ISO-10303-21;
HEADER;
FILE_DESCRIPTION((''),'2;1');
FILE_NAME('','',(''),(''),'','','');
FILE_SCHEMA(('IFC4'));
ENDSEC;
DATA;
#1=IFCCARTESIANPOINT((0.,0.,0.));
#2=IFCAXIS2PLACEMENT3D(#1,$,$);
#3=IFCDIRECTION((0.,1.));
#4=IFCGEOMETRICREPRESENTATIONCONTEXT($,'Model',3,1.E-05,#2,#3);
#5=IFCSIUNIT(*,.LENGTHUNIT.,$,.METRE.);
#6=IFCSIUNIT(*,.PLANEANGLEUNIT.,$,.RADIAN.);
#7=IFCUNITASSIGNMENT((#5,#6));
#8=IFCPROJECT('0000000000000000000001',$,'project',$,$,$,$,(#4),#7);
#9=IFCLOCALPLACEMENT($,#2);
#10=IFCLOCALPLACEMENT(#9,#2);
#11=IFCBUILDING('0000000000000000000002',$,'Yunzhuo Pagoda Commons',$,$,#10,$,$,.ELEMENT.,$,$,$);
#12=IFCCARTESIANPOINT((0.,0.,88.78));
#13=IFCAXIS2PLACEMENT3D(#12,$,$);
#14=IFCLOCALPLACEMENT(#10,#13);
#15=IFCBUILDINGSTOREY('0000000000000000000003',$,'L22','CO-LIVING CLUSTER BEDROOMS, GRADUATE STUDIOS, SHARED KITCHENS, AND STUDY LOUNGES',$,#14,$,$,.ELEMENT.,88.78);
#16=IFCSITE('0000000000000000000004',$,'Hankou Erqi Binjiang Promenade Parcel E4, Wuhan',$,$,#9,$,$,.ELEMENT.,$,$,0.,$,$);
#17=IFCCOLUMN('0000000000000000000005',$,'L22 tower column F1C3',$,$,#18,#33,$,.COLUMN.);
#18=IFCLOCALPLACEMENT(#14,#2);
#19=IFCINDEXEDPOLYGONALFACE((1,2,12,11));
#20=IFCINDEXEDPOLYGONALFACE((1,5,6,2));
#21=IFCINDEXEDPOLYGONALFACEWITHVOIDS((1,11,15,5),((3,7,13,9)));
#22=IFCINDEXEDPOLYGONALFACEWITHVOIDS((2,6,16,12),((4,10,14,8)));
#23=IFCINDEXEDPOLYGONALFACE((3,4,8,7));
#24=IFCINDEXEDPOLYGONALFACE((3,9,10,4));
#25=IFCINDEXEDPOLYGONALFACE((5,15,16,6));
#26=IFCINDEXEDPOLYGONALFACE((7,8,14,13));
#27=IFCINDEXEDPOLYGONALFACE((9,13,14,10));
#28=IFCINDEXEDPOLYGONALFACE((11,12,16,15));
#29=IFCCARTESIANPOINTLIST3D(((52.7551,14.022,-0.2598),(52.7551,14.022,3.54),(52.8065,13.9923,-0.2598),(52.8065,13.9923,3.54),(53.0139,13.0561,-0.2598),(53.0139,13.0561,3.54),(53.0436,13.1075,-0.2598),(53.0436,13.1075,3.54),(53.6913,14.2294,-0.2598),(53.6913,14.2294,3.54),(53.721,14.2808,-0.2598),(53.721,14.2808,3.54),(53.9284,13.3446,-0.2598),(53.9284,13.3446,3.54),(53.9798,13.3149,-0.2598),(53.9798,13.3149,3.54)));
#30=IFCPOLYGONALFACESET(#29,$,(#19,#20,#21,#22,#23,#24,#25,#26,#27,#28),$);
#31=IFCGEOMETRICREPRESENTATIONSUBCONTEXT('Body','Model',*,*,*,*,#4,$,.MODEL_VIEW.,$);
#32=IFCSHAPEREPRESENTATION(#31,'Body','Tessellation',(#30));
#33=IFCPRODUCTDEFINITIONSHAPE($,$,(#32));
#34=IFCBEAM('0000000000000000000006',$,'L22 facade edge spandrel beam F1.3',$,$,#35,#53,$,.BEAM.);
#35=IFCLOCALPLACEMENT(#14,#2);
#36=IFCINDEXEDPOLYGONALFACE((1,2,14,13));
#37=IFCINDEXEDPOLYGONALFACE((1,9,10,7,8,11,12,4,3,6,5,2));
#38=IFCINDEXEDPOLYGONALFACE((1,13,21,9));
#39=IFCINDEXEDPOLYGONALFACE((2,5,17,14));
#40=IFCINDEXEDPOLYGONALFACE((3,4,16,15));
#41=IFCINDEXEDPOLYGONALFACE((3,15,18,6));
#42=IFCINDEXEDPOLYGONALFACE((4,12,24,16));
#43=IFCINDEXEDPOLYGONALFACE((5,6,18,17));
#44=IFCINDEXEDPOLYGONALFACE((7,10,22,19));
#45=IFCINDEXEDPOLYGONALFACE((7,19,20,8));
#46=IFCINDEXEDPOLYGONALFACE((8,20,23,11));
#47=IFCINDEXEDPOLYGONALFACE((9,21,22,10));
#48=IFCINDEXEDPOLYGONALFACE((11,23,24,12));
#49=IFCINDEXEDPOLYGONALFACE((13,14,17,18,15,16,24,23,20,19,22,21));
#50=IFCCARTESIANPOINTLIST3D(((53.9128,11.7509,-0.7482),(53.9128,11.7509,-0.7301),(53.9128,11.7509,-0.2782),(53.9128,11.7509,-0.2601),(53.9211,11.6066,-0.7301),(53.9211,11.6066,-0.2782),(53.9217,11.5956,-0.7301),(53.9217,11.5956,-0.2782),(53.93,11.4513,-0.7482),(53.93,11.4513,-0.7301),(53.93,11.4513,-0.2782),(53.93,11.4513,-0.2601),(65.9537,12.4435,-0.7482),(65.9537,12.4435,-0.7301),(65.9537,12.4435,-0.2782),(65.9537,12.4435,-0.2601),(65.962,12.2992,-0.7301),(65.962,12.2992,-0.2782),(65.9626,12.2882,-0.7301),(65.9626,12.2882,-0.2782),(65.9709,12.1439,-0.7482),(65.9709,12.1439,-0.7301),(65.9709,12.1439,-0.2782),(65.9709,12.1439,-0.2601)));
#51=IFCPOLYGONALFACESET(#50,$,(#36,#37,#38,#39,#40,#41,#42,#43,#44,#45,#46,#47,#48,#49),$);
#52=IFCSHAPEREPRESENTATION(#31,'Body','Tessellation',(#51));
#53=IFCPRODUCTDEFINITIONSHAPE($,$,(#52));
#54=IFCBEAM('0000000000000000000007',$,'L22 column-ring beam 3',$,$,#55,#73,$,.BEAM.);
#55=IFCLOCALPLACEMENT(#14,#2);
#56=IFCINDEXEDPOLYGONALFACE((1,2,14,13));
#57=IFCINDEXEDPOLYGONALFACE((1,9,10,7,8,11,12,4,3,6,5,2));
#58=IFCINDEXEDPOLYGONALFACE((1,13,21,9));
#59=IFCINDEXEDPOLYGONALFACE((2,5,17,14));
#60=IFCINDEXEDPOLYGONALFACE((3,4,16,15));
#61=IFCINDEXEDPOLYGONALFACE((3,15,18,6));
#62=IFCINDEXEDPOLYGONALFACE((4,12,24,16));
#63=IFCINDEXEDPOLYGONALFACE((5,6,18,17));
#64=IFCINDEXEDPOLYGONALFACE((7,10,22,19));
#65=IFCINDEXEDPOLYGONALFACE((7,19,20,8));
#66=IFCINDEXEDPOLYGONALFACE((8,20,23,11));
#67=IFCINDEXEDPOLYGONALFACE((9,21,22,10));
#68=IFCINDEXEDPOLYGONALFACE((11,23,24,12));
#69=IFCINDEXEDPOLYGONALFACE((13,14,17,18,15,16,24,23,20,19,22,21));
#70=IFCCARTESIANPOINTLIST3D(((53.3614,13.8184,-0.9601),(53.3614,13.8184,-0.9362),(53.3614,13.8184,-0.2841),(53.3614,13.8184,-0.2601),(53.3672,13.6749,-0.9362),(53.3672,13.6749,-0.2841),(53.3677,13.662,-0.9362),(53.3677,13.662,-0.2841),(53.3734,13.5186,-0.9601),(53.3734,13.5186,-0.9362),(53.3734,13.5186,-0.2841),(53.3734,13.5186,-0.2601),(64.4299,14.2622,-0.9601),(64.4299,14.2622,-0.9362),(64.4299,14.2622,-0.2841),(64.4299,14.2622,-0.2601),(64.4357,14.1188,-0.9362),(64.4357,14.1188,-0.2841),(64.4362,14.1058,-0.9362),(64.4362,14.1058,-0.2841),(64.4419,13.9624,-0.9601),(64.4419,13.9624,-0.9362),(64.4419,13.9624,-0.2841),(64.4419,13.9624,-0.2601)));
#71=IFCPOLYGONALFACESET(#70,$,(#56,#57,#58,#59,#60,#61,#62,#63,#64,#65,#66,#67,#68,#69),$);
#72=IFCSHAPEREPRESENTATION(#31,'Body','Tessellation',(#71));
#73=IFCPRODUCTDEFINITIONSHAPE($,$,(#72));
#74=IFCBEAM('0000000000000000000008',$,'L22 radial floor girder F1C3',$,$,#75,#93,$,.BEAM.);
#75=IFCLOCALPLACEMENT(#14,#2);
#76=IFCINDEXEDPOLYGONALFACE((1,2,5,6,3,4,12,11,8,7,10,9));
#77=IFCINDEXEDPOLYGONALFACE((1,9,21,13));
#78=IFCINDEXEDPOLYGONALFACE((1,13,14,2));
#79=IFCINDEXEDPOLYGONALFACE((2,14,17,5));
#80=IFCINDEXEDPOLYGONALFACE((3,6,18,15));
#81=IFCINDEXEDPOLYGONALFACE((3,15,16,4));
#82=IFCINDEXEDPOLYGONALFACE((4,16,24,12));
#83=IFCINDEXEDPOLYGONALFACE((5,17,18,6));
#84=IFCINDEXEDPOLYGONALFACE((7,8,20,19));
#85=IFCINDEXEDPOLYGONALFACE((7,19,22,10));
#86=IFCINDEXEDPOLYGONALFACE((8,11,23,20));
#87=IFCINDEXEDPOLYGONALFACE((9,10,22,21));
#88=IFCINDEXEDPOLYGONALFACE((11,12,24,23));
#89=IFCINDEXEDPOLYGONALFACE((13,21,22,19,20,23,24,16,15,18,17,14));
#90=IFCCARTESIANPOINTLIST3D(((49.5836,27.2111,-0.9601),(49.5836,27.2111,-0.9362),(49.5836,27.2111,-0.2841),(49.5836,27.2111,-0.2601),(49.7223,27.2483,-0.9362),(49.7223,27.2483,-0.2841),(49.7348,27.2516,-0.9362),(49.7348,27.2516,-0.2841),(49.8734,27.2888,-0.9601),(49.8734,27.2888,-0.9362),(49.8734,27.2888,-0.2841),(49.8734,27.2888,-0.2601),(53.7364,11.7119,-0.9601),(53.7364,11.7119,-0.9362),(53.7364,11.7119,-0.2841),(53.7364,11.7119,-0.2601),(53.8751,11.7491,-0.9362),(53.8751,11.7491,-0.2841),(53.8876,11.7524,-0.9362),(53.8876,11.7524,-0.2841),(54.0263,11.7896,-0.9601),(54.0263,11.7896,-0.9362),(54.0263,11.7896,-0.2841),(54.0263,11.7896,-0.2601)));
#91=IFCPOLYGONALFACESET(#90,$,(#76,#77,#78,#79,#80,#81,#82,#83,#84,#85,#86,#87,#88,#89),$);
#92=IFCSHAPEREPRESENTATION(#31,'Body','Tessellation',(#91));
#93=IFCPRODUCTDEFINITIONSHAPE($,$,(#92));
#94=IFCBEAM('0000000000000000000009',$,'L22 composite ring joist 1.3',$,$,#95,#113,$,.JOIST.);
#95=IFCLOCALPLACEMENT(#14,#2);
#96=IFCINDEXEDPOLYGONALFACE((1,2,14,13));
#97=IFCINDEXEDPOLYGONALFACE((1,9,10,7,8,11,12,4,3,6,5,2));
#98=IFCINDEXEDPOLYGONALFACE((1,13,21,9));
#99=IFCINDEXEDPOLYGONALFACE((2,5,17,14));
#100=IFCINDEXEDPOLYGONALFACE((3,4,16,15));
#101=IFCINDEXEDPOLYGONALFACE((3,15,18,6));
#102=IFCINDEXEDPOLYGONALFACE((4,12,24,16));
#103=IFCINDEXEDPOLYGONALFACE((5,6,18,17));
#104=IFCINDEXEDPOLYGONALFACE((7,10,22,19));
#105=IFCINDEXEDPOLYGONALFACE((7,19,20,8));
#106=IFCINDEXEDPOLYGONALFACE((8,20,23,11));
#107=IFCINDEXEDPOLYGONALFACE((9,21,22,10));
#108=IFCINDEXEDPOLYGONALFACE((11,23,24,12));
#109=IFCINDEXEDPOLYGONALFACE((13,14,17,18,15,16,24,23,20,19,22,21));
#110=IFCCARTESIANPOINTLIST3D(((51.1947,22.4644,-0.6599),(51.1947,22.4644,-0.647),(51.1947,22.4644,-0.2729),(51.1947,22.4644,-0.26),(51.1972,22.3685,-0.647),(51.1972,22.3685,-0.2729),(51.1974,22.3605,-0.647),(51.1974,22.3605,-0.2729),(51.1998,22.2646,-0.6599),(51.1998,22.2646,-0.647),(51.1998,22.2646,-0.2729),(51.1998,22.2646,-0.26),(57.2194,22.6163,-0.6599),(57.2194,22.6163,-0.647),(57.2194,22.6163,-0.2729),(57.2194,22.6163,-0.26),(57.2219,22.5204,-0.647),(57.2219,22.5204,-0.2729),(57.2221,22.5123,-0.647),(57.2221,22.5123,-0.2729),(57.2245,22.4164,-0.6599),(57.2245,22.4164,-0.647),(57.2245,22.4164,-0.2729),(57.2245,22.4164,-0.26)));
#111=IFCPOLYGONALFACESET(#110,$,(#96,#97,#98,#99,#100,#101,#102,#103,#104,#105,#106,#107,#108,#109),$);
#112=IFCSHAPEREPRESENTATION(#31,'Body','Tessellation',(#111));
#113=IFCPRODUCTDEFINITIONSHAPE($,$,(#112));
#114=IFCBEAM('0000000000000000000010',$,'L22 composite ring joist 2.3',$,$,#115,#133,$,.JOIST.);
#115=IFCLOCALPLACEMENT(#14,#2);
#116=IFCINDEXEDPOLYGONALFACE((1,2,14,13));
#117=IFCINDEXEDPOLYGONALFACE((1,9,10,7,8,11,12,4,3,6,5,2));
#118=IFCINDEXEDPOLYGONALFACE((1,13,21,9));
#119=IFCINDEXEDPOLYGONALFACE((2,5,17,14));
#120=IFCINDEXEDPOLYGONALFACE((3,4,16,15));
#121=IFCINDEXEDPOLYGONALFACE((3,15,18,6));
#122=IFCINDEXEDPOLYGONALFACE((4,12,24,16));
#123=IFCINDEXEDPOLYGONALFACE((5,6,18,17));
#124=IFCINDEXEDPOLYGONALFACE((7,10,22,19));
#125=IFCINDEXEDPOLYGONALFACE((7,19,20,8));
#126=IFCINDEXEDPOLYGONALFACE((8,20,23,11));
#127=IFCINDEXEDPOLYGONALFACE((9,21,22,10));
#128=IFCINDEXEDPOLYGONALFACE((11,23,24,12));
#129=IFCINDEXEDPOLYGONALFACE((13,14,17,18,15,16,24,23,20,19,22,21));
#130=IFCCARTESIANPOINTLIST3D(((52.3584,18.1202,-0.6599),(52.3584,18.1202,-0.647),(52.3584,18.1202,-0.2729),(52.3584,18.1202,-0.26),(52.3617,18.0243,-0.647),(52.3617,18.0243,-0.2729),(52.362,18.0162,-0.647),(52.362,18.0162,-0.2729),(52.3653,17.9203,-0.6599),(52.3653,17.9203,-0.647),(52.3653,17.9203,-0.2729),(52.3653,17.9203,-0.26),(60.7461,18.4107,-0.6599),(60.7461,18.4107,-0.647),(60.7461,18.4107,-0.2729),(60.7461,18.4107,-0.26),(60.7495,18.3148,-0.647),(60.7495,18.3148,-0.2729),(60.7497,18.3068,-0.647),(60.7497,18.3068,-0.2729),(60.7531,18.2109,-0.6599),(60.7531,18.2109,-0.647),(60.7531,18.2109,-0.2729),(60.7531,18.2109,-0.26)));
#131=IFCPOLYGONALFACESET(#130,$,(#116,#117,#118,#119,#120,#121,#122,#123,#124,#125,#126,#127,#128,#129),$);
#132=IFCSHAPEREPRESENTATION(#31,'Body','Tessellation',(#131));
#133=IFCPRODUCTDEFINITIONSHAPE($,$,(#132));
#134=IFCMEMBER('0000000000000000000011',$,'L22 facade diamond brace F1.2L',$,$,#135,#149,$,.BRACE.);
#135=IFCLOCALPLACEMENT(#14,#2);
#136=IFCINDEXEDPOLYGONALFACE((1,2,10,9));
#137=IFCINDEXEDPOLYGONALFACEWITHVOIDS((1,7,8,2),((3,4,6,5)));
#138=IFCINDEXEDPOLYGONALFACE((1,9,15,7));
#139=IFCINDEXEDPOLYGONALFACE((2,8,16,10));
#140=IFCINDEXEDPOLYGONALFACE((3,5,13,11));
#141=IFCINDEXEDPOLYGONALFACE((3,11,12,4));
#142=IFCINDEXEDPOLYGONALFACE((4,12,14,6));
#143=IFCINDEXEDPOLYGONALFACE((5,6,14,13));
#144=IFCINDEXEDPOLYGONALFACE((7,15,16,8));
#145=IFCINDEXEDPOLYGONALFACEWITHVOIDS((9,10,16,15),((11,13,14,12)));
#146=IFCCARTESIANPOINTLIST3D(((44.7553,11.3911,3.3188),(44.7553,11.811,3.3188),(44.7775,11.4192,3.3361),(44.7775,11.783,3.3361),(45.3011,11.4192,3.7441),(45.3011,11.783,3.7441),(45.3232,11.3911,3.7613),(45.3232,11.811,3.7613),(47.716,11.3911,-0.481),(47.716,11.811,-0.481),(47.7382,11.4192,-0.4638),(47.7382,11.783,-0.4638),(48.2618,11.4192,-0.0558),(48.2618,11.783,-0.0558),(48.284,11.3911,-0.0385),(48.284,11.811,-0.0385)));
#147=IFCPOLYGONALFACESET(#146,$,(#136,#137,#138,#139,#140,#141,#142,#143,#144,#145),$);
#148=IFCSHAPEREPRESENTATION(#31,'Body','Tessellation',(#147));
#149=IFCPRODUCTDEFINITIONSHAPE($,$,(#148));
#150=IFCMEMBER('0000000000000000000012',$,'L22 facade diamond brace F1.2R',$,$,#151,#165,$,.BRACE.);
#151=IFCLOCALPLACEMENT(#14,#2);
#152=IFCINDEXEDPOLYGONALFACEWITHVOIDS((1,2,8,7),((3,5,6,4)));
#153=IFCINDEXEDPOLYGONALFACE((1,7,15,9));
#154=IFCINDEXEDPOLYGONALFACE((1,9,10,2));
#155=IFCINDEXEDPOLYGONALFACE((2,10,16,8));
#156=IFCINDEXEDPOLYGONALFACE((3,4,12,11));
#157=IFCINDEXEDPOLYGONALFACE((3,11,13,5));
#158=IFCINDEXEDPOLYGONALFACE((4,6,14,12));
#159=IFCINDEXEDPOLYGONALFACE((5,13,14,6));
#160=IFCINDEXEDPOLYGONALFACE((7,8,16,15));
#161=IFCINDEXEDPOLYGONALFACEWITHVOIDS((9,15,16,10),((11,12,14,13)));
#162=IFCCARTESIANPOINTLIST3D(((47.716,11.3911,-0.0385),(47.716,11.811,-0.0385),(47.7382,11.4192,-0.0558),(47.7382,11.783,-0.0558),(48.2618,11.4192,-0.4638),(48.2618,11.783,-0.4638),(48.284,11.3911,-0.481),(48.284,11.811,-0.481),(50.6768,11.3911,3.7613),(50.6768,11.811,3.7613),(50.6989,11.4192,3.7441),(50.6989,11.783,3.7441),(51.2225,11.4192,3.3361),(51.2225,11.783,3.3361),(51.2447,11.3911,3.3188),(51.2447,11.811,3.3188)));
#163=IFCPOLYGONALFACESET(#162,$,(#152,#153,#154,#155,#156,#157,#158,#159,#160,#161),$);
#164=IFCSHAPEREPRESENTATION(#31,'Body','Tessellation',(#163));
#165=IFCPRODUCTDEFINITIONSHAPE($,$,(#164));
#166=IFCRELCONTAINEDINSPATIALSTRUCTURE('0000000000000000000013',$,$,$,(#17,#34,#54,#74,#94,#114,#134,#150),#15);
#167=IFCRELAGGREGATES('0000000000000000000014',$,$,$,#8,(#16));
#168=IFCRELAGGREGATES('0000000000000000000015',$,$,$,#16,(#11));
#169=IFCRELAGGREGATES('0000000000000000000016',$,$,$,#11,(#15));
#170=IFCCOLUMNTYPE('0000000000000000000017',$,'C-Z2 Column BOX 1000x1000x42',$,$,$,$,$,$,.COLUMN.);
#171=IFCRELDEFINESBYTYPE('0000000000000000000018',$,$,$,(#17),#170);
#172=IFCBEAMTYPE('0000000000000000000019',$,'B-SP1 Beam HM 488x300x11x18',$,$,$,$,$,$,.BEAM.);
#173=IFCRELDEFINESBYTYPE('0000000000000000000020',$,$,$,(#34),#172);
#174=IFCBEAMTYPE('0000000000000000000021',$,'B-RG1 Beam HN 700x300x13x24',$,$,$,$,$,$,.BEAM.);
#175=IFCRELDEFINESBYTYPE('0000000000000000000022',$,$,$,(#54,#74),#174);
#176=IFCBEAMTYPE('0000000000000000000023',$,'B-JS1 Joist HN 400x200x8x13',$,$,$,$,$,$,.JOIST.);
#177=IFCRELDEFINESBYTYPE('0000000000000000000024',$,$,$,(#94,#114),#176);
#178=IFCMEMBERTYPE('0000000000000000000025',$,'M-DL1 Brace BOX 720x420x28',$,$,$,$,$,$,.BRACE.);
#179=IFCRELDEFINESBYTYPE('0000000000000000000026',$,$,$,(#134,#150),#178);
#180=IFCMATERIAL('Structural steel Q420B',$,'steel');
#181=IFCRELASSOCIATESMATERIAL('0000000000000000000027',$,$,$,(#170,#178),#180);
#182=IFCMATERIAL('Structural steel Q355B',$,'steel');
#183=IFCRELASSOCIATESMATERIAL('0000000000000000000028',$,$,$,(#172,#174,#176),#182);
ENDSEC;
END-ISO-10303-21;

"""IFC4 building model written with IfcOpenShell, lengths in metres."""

from ifc_helpers import new_model, si_unit, direction, frame, origin, origin_2d, place, context, subcontext, project, spatial, hollow_rectangle, i_section, extrude, source, transform, mapped, material, material_profile, profile_set, type_object, element, save


model = new_model("IFC4")

# Units and contexts
model_context = context("Model", 3, precision=1e-05, world=origin(), true_north=direction((0.0, 1.0)))
body_context = subcontext(model_context, "Body", "Model", "MODEL_VIEW")
ifc_project = project(units=[si_unit("LENGTHUNIT", "METRE"), si_unit("PLANEANGLEUNIT", "RADIAN")], contexts=[model_context])

# Site, building, storey
site_placement = place(None, origin())
site = spatial("IfcSite", under=ifc_project, at=site_placement, Name="Hankou Erqi Binjiang Promenade Parcel E4, Wuhan", CompositionType="ELEMENT", RefElevation=0.0)
building_placement = place(site_placement, origin())
building = spatial("IfcBuilding", under=site, at=building_placement, Name="Yunzhuo Pagoda Commons", CompositionType="ELEMENT")
storey_placement = place(building_placement, frame((0.0, 0.0, 88.78)))
storey = spatial("IfcBuildingStorey", under=building, at=storey_placement, Name="L22", Description="CO-LIVING CLUSTER BEDROOMS, GRADUATE STUDIOS, SHARED KITCHENS, AND STUDY LOUNGES", CompositionType="ELEMENT", Elevation=88.78)

# Column
ifc_material_1 = material(Name="Structural steel Q420B", Category="steel")
ifc_material_profile_1 = material_profile(ifc_material_1, hollow_rectangle(XDim=1.0, YDim=1.0, WallThickness=0.042, at=origin_2d()), Name="Structural steel Q420B")
ifc_profile_set_1 = profile_set([ifc_material_profile_1], Name="Structural steel Q420B")
column_type = type_object("IfcColumnType", Name="C-Z2 Column BOX 1000x1000x42", PredefinedType="COLUMN", material=ifc_profile_set_1)
shared_shape_1 = source(origin(), body_context, "Body", "SweptSolid", [
    extrude(hollow_rectangle(XDim=1.0, YDim=1.0, WallThickness=0.042, at=origin_2d()), origin(), (0.0, 0.0, 1.0), 3.7998),
])
column_placement = place(storey_placement, frame((53.3674, 13.6685, -0.2598), z_axis=(0.0, 0.0, 1.0), x_axis=(0.965926, 0.258819, 0.0)))
element("IfcColumn", 1, at=column_placement, inside=storey, type_object=column_type, Name="L22 tower column F1C3", PredefinedType="COLUMN", context=body_context, shape_type="MappedRepresentation", body=[
    mapped(shared_shape_1, transform((0.0, 0.0, 0.0), scale=1.0)),
])

# Beams
ifc_material_2 = material(Name="Structural steel Q355B", Category="steel")
ifc_material_profile_2 = material_profile(ifc_material_2, i_section(OverallWidth=0.3, OverallDepth=0.488, WebThickness=0.011, FlangeThickness=0.0181, at=origin_2d()), Name="Structural steel Q355B")
ifc_profile_set_2 = profile_set([ifc_material_profile_2], Name="Structural steel Q355B")
beam_type_1 = type_object("IfcBeamType", Name="B-SP1 Beam HM 488x300x11x18", PredefinedType="BEAM", material=ifc_profile_set_2)
shared_shape_2 = source(origin(), body_context, "Body", "SweptSolid", [
    extrude(i_section(OverallWidth=0.3, OverallDepth=0.488, WebThickness=0.011, FlangeThickness=0.0181, at=origin_2d()), origin(), (0.0, 0.0, 1.0), 12.0608),
])
beam_1_placement = place(storey_placement, frame((53.9214, 11.6011, -0.5042), z_axis=(0.99835, 0.057429, 0.0), x_axis=(-0.057429, 0.99835, 0.0)))
element("IfcBeam", 2, at=beam_1_placement, inside=storey, type_object=beam_type_1, Name="L22 facade edge spandrel beam F1.3", PredefinedType="BEAM", context=body_context, shape_type="MappedRepresentation", body=[
    mapped(shared_shape_2, transform((0.0, 0.0, 0.0), scale=1.0)),
])
ifc_material_profile_3 = material_profile(ifc_material_2, i_section(OverallWidth=0.3, OverallDepth=0.7, WebThickness=0.0129, FlangeThickness=0.0239, at=origin_2d()), Name="Structural steel Q355B")
ifc_profile_set_3 = profile_set([ifc_material_profile_3], Name="Structural steel Q355B")
beam_type_2 = type_object("IfcBeamType", Name="B-RG1 Beam HN 700x300x13x24", PredefinedType="BEAM", material=ifc_profile_set_3)
shared_shape_3 = source(origin(), body_context, "Body", "SweptSolid", [
    extrude(i_section(OverallWidth=0.3, OverallDepth=0.7, WebThickness=0.0129, FlangeThickness=0.0239, at=origin_2d()), origin(), (0.0, 0.0, 1.0), 11.0774),
])
beam_2_placement = place(storey_placement, frame((53.3674, 13.6685, -0.6101), z_axis=(0.999197, 0.040067, 0.0), x_axis=(-0.040067, 0.999197, 0.0)))
element("IfcBeam", 3, at=beam_2_placement, inside=storey, type_object=beam_type_2, Name="L22 column-ring beam 3", PredefinedType="BEAM", context=body_context, shape_type="MappedRepresentation", body=[
    mapped(shared_shape_3, transform((0.0, 0.0, 0.0), scale=1.0)),
])
shared_shape_4 = source(origin(), body_context, "Body", "SweptSolid", [
    extrude(i_section(OverallWidth=0.3, OverallDepth=0.7, WebThickness=0.0129, FlangeThickness=0.0239, at=origin_2d()), origin(), (0.0, 0.0, 1.0), 16.0459),
])
beam_3_placement = place(storey_placement, frame((53.8813, 11.7507, -0.6101), z_axis=(-0.258808, 0.965929, 0.0), x_axis=(-0.965929, -0.258808, 0.0)))
element("IfcBeam", 4, at=beam_3_placement, inside=storey, type_object=beam_type_2, Name="L22 radial floor girder F1C3", PredefinedType="BEAM", context=body_context, shape_type="MappedRepresentation", body=[
    mapped(shared_shape_4, transform((0.0, 0.0, 0.0), scale=1.0)),
])
ifc_material_profile_4 = material_profile(ifc_material_2, i_section(OverallWidth=0.2, OverallDepth=0.3999, WebThickness=0.0081, FlangeThickness=0.0129, at=origin_2d()), Name="Structural steel Q355B")
ifc_profile_set_4 = profile_set([ifc_material_profile_4], Name="Structural steel Q355B")
beam_type_3 = type_object("IfcBeamType", Name="B-JS1 Joist HN 400x200x8x13", PredefinedType="JOIST", material=ifc_profile_set_4)
shared_shape_5 = source(origin(), body_context, "Body", "SweptSolid", [
    extrude(i_section(OverallWidth=0.2, OverallDepth=0.3999, WebThickness=0.0081, FlangeThickness=0.0129, at=origin_2d()), origin(), (0.0, 0.0, 1.0), 6.0266),
])
beam_4_placement = place(storey_placement, frame((51.1973, 22.3645, -0.46), z_axis=(0.999682, 0.025198, 0.0), x_axis=(-0.025198, 0.999682, 0.0)))
element("IfcBeam", 5, at=beam_4_placement, inside=storey, type_object=beam_type_3, Name="L22 composite ring joist 1.3", PredefinedType="JOIST", context=body_context, shape_type="MappedRepresentation", body=[
    mapped(shared_shape_5, transform((0.0, 0.0, 0.0), scale=1.0)),
])
shared_shape_6 = source(origin(), body_context, "Body", "SweptSolid", [
    extrude(i_section(OverallWidth=0.2, OverallDepth=0.3999, WebThickness=0.0081, FlangeThickness=0.0129, at=origin_2d()), origin(), (0.0, 0.0, 1.0), 8.3928),
])
beam_5_placement = place(storey_placement, frame((52.3618, 18.0203, -0.46), z_axis=(0.999401, 0.034617, 0.0), x_axis=(-0.034617, 0.999401, 0.0)))
element("IfcBeam", 6, at=beam_5_placement, inside=storey, type_object=beam_type_3, Name="L22 composite ring joist 2.3", PredefinedType="JOIST", context=body_context, shape_type="MappedRepresentation", body=[
    mapped(shared_shape_6, transform((0.0, 0.0, 0.0), scale=1.0)),
])

# Members
ifc_material_profile_5 = material_profile(ifc_material_1, hollow_rectangle(XDim=0.4199, YDim=0.72, WallThickness=0.0281, at=origin_2d()), Name="Structural steel Q420B")
ifc_profile_set_5 = profile_set([ifc_material_profile_5], Name="Structural steel Q420B")
member_type_1 = type_object("IfcMemberType", Name="M-DL1 Brace BOX 720x420x28", PredefinedType="BRACE", material=ifc_profile_set_5)
shared_shape_7 = source(origin(), body_context, "Body", "SweptSolid", [
    extrude(hollow_rectangle(XDim=0.4199, YDim=0.72, WallThickness=0.0281, at=origin_2d()), origin(), (0.0, 0.0, 1.0), 4.8171),
])
for number, where, z_axis, x_axis, name in (
    (7, (48.0, 11.6011, -0.2598), (-0.614625, 0.0, 0.78882), (0.0, -1.0, 0.0), "L22 facade diamond brace F1.2L"),
    (8, (48.0, 11.6011, -0.2598), (0.614625, 0.0, 0.78882), (0.0, 1.0, 0.0), "L22 facade diamond brace F1.2R"),
):
    element("IfcMember", number, at=place(storey_placement, frame(where, z_axis=z_axis, x_axis=x_axis)), inside=storey, type_object=member_type_1, Name=name, PredefinedType="BRACE", context=body_context, shape_type="MappedRepresentation", body=[
        mapped(shared_shape_7, transform((0.0, 0.0, 0.0), scale=1.0)),
    ])

save(model, "model.ifc")
